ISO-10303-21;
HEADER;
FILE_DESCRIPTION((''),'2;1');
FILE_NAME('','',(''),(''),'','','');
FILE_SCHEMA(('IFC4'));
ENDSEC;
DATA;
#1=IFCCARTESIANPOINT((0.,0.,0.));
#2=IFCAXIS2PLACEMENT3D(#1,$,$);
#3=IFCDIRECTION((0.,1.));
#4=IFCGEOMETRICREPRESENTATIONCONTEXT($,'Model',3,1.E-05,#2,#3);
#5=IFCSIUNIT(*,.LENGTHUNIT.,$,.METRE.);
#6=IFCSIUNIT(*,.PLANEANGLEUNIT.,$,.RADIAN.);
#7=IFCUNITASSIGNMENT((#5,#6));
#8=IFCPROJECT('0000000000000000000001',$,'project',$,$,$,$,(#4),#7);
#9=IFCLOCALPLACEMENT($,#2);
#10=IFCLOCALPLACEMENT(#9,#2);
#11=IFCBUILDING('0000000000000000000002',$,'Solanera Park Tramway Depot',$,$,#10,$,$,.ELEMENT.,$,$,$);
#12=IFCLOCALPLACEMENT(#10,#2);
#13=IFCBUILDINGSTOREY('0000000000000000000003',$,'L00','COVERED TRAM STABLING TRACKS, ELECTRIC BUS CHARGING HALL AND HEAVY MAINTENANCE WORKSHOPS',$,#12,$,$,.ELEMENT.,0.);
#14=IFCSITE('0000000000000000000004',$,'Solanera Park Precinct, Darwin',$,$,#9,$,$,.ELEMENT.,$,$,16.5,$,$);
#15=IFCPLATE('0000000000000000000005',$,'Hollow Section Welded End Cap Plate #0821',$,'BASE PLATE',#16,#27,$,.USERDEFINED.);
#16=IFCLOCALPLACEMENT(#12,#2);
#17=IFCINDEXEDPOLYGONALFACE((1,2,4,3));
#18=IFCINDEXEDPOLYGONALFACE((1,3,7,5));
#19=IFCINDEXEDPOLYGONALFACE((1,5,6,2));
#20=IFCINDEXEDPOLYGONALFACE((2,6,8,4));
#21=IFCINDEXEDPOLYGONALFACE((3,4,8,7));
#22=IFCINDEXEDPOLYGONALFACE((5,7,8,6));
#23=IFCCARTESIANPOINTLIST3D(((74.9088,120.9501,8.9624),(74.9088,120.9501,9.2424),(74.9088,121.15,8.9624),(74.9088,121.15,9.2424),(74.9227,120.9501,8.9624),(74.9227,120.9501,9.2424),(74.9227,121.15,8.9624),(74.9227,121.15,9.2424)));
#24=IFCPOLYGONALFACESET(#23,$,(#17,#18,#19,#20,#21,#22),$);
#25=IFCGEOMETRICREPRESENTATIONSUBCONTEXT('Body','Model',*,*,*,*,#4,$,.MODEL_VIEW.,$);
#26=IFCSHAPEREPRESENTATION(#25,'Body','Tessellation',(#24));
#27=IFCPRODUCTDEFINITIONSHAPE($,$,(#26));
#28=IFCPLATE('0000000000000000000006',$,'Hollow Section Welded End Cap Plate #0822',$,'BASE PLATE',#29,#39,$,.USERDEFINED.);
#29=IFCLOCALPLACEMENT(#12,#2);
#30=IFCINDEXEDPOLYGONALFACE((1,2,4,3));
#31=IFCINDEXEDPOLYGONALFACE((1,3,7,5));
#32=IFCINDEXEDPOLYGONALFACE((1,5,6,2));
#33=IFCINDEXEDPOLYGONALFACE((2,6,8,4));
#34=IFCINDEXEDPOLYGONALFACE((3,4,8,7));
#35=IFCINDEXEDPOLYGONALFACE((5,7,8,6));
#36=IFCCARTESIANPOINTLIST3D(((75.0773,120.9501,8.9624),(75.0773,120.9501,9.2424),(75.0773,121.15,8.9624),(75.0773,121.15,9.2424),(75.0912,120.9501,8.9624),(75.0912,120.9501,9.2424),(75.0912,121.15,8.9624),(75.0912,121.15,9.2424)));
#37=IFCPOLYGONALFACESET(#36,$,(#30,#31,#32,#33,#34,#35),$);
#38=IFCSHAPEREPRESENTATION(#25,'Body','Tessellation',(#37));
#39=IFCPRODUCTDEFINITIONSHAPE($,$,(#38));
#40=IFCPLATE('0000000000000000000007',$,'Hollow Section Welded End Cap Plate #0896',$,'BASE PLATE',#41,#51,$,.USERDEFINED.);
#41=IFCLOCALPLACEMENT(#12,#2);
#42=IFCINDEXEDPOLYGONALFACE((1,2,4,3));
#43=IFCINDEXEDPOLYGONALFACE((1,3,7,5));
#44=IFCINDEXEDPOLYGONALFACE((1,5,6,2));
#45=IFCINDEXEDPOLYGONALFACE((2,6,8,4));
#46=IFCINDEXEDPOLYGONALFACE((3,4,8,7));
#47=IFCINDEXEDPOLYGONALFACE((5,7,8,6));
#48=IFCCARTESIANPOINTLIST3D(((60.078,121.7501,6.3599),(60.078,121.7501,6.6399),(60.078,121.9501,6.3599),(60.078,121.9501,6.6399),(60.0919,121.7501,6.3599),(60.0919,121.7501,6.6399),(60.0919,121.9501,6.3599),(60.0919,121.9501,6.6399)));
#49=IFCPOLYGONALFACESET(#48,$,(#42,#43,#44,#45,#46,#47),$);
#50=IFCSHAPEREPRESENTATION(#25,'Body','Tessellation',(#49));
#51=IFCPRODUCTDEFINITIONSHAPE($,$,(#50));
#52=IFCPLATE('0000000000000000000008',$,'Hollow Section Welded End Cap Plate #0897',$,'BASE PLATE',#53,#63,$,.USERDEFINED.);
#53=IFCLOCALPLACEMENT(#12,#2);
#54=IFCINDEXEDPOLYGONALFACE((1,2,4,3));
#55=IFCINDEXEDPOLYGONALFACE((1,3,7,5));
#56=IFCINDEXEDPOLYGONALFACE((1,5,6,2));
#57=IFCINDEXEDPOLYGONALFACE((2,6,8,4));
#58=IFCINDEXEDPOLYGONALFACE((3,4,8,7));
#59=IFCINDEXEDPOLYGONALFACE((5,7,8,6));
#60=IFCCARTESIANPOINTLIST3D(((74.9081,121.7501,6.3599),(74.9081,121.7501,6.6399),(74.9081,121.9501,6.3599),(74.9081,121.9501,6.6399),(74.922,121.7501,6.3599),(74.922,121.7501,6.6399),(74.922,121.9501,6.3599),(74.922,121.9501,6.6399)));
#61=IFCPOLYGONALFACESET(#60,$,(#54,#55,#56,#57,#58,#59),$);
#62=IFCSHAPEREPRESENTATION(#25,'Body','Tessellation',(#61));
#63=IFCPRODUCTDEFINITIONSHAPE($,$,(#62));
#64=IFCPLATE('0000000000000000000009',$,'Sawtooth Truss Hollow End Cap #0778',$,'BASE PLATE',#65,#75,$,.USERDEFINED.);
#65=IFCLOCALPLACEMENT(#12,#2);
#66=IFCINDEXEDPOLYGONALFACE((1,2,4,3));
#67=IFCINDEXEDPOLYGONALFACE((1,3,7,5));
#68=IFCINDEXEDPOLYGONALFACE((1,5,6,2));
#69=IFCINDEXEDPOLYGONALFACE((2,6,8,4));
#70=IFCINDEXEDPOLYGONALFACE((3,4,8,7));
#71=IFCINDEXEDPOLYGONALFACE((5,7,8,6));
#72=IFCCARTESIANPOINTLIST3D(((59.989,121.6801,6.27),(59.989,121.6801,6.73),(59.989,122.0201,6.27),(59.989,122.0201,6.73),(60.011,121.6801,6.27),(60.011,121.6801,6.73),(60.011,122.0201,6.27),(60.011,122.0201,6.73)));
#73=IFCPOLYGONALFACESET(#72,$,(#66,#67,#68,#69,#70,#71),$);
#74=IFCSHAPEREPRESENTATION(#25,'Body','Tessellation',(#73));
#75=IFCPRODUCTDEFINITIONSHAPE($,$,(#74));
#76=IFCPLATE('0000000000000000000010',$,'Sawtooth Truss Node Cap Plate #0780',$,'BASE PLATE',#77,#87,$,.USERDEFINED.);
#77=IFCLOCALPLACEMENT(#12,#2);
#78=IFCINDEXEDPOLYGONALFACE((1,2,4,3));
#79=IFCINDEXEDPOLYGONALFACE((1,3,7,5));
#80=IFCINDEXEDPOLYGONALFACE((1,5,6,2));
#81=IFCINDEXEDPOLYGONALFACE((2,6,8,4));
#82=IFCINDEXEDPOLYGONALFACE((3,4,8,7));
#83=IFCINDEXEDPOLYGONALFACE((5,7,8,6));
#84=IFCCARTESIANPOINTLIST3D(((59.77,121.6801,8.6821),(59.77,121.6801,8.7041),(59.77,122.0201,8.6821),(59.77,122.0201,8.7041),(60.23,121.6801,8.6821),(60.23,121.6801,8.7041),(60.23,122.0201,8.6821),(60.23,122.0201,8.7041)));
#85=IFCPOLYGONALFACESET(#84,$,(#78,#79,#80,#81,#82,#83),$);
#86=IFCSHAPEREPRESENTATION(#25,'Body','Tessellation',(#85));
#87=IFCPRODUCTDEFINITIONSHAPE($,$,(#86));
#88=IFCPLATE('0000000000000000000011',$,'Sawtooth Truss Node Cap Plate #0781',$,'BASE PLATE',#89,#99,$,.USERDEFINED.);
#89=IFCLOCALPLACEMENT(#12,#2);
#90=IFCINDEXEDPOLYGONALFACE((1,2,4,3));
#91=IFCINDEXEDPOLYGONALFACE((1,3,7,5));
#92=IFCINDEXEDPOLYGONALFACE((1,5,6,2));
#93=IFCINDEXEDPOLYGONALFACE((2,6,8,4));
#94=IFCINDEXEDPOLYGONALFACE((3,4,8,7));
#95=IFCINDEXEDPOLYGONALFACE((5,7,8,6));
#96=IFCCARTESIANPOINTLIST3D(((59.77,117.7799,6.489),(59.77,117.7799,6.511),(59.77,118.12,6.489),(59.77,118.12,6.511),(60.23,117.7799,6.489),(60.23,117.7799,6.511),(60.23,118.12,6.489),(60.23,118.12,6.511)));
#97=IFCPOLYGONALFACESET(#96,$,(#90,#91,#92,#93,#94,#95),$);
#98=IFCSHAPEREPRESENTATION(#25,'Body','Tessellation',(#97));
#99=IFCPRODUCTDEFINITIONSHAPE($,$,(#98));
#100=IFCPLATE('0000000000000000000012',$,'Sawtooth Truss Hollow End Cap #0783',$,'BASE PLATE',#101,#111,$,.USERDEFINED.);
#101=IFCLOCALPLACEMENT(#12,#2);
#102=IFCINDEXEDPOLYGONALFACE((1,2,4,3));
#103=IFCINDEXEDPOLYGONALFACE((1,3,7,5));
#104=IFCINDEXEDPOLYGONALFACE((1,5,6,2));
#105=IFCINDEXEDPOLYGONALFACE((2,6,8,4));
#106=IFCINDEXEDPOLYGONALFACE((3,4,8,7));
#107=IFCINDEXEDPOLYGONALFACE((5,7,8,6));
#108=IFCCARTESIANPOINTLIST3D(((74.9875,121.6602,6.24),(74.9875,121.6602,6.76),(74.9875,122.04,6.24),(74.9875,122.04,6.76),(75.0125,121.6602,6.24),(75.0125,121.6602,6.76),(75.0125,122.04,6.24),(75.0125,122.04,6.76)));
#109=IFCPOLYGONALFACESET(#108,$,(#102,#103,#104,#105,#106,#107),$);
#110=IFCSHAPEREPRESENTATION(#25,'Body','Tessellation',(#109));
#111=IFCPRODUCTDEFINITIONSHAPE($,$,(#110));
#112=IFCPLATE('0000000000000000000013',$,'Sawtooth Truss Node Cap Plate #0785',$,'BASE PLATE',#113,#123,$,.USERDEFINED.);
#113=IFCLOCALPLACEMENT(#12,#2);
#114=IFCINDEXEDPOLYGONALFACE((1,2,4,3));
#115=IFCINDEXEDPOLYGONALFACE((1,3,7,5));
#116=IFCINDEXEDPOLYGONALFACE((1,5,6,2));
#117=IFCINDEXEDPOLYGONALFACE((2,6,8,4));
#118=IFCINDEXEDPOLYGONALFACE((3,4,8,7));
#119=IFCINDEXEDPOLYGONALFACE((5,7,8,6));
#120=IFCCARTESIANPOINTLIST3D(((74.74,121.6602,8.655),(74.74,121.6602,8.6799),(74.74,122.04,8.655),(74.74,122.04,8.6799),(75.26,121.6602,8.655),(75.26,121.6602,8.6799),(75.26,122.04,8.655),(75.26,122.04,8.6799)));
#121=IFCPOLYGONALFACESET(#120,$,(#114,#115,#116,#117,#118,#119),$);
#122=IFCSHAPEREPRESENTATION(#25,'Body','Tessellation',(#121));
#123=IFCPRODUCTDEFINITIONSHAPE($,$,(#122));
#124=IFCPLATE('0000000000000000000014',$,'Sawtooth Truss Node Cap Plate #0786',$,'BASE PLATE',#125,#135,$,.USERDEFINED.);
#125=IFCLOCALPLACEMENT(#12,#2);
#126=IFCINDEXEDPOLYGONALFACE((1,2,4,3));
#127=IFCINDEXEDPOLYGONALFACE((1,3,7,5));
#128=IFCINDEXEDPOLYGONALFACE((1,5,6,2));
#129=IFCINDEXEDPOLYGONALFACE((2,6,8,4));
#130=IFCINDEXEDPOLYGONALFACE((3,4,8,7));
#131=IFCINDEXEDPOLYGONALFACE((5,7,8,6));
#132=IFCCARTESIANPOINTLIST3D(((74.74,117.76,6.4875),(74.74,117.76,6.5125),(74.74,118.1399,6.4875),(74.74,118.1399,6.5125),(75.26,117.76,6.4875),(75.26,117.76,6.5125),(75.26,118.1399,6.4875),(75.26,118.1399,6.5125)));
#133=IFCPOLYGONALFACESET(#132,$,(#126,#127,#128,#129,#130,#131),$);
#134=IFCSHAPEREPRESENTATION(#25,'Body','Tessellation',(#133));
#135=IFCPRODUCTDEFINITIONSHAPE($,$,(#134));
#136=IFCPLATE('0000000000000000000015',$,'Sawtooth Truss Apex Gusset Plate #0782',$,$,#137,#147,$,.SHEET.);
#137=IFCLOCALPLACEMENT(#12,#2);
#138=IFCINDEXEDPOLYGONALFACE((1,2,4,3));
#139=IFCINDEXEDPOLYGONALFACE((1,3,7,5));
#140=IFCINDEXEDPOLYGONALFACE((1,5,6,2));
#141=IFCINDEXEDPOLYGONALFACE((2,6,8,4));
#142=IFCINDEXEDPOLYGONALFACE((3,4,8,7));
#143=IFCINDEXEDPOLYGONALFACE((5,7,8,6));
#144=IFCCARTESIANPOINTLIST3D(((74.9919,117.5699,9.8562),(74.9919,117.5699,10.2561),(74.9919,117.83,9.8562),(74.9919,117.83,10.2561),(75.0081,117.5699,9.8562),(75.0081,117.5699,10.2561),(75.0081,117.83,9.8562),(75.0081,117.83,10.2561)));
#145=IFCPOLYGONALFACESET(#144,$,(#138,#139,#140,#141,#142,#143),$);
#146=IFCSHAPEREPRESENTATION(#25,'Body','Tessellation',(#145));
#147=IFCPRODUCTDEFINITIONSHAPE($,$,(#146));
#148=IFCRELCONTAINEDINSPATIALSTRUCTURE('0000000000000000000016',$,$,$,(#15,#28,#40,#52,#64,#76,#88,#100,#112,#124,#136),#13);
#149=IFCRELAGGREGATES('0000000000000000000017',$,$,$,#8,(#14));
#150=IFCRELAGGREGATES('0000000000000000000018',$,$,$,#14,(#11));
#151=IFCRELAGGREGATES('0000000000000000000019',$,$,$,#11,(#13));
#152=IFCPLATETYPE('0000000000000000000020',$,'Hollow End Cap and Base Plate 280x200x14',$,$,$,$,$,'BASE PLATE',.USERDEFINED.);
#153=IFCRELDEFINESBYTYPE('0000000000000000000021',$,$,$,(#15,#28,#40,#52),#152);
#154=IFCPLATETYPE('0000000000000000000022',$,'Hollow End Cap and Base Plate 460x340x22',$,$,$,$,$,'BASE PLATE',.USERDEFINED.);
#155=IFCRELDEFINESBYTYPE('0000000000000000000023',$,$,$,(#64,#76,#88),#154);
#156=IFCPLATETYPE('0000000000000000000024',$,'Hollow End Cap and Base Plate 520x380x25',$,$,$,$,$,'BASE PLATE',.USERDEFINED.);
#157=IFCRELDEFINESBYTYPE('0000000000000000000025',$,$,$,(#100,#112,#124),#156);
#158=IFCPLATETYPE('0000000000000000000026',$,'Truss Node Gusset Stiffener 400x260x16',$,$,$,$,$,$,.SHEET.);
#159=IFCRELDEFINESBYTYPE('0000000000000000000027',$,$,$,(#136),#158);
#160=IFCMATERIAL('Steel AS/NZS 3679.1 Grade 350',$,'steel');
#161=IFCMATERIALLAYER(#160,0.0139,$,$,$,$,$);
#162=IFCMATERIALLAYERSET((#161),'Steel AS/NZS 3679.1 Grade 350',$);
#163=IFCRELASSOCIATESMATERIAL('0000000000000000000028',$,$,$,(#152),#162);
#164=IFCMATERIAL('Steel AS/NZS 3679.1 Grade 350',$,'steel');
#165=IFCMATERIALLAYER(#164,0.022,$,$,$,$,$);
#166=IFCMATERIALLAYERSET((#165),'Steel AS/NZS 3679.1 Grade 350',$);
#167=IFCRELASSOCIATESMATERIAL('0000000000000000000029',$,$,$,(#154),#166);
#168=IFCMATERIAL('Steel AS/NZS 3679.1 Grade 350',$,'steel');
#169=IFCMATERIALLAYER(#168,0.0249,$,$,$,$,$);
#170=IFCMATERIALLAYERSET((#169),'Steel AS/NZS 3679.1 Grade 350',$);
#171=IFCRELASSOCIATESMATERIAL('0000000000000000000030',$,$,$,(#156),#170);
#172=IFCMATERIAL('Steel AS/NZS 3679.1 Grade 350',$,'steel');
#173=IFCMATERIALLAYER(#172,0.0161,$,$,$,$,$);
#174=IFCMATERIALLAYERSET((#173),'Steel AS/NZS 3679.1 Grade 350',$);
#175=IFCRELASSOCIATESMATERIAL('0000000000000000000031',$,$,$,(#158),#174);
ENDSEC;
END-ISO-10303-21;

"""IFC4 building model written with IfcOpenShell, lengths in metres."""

from ifc_helpers import new_model, si_unit, direction, frame, origin, origin_2d, place, context, subcontext, project, spatial, rectangle, extrude, material, layer, layer_set, type_object, element, save


model = new_model("IFC4")

# Units and contexts
model_context = context("Model", 3, precision=1e-05, world=origin(), true_north=direction((0.0, 1.0)))
body_context = subcontext(model_context, "Body", "Model", "MODEL_VIEW")
ifc_project = project(units=[si_unit("LENGTHUNIT", "METRE"), si_unit("PLANEANGLEUNIT", "RADIAN")], contexts=[model_context])

# Site, building, storey
site_placement = place(None, origin())
site = spatial("IfcSite", under=ifc_project, at=site_placement, Name="Solanera Park Precinct, Darwin", CompositionType="ELEMENT", RefElevation=16.5)
building_placement = place(site_placement, origin())
building = spatial("IfcBuilding", under=site, at=building_placement, Name="Solanera Park Tramway Depot", CompositionType="ELEMENT")
storey_placement = place(building_placement, origin())
storey = spatial("IfcBuildingStorey", under=building, at=storey_placement, Name="L00", Description="COVERED TRAM STABLING TRACKS, ELECTRIC BUS CHARGING HALL AND HEAVY MAINTENANCE WORKSHOPS", CompositionType="ELEMENT", Elevation=0.0)

# Plates
ifc_material_1 = material(Name="Steel AS/NZS 3679.1 Grade 350", Category="steel")
ifc_layer_1 = layer(ifc_material_1, 0.0139)
ifc_layer_set_1 = layer_set([ifc_layer_1], Name="Steel AS/NZS 3679.1 Grade 350")
plate_type_1 = type_object("IfcPlateType", Name="Hollow End Cap and Base Plate 280x200x14", ElementType="BASE PLATE", PredefinedType="USERDEFINED", material=ifc_layer_set_1)
for number, where, z_axis, x_axis, name in (
    (1, (74.9158, 121.05, 8.9624), (0.0, 0.0, 1.0), (1.0, 0.0, 0.0), "Hollow Section Welded End Cap Plate #0821"),
    (2, (75.0842, 121.05, 8.9624), (0.0, 0.0, 1.0), (1.0, 0.0, 0.0), "Hollow Section Welded End Cap Plate #0822"),
    (3, (60.085, 121.8501, 6.3599), (0.0, 0.0, 1.0), (1.0, 0.0, 0.0), "Hollow Section Welded End Cap Plate #0896"),
    (4, (74.915, 121.8501, 6.3599), (0.0, 0.0, 1.0), (1.0, 0.0, 0.0), "Hollow Section Welded End Cap Plate #0897"),
):
    element("IfcPlate", number, at=place(storey_placement, frame(where, z_axis=z_axis, x_axis=x_axis)), inside=storey, type_object=plate_type_1, Name=name, ObjectType="BASE PLATE", PredefinedType="USERDEFINED", context=body_context, shape_type="SweptSolid", body=[
        extrude(rectangle(XDim=0.0139, YDim=0.2, at=origin_2d()), origin(), (0.0, 0.0, 1.0), 0.28),
    ])
ifc_material_2 = material(Name="Steel AS/NZS 3679.1 Grade 350", Category="steel")
ifc_layer_2 = layer(ifc_material_2, 0.022)
ifc_layer_set_2 = layer_set([ifc_layer_2], Name="Steel AS/NZS 3679.1 Grade 350")
plate_type_2 = type_object("IfcPlateType", Name="Hollow End Cap and Base Plate 460x340x22", ElementType="BASE PLATE", PredefinedType="USERDEFINED", material=ifc_layer_set_2)
plate_1_placement = place(storey_placement, frame((60.0, 121.8501, 6.27), z_axis=(0.0, 0.0, 1.0), x_axis=(1.0, 0.0, 0.0)))
element("IfcPlate", 5, at=plate_1_placement, inside=storey, type_object=plate_type_2, Name="Sawtooth Truss Hollow End Cap #0778", ObjectType="BASE PLATE", PredefinedType="USERDEFINED", context=body_context, shape_type="SweptSolid", body=[
    extrude(rectangle(XDim=0.022, YDim=0.3401, at=origin_2d()), origin(), (0.0, 0.0, 1.0), 0.46),
])
for number, where, z_axis, x_axis, name in (
    (6, (60.0, 121.8501, 8.6821), (0.0, 0.0, 1.0), (1.0, 0.0, 0.0), "Sawtooth Truss Node Cap Plate #0780"),
    (7, (60.0, 117.95, 6.489), (0.0, 0.0, 1.0), (1.0, 0.0, 0.0), "Sawtooth Truss Node Cap Plate #0781"),
):
    element("IfcPlate", number, at=place(storey_placement, frame(where, z_axis=z_axis, x_axis=x_axis)), inside=storey, type_object=plate_type_2, Name=name, ObjectType="BASE PLATE", PredefinedType="USERDEFINED", context=body_context, shape_type="SweptSolid", body=[
        extrude(rectangle(XDim=0.46, YDim=0.3401, at=origin_2d()), origin(), (0.0, 0.0, 1.0), 0.022),
    ])
ifc_material_3 = material(Name="Steel AS/NZS 3679.1 Grade 350", Category="steel")
ifc_layer_3 = layer(ifc_material_3, 0.0249)
ifc_layer_set_3 = layer_set([ifc_layer_3], Name="Steel AS/NZS 3679.1 Grade 350")
plate_type_3 = type_object("IfcPlateType", Name="Hollow End Cap and Base Plate 520x380x25", ElementType="BASE PLATE", PredefinedType="USERDEFINED", material=ifc_layer_set_3)
plate_2_placement = place(storey_placement, frame((75.0, 121.8501, 6.24), z_axis=(0.0, 0.0, 1.0), x_axis=(1.0, 0.0, 0.0)))
element("IfcPlate", 8, at=plate_2_placement, inside=storey, type_object=plate_type_3, Name="Sawtooth Truss Hollow End Cap #0783", ObjectType="BASE PLATE", PredefinedType="USERDEFINED", context=body_context, shape_type="SweptSolid", body=[
    extrude(rectangle(XDim=0.0249, YDim=0.3799, at=origin_2d()), origin(), (0.0, 0.0, 1.0), 0.52),
])
for number, where, z_axis, x_axis, name in (
    (9, (75.0, 121.8501, 8.655), (0.0, 0.0, 1.0), (1.0, 0.0, 0.0), "Sawtooth Truss Node Cap Plate #0785"),
    (10, (75.0, 117.95, 6.4875), (0.0, 0.0, 1.0), (1.0, 0.0, 0.0), "Sawtooth Truss Node Cap Plate #0786"),
):
    element("IfcPlate", number, at=place(storey_placement, frame(where, z_axis=z_axis, x_axis=x_axis)), inside=storey, type_object=plate_type_3, Name=name, ObjectType="BASE PLATE", PredefinedType="USERDEFINED", context=body_context, shape_type="SweptSolid", body=[
        extrude(rectangle(XDim=0.52, YDim=0.3799, at=origin_2d()), origin(), (0.0, 0.0, 1.0), 0.0249),
    ])
ifc_material_4 = material(Name="Steel AS/NZS 3679.1 Grade 350", Category="steel")
ifc_layer_4 = layer(ifc_material_4, 0.0161)
ifc_layer_set_4 = layer_set([ifc_layer_4], Name="Steel AS/NZS 3679.1 Grade 350")
plate_type_4 = type_object("IfcPlateType", Name="Truss Node Gusset Stiffener 400x260x16", PredefinedType="SHEET", material=ifc_layer_set_4)
plate_3_placement = place(storey_placement, frame((75.0, 117.7, 9.8562), z_axis=(0.0, 0.0, 1.0), x_axis=(1.0, 0.0, 0.0)))
element("IfcPlate", 11, at=plate_3_placement, inside=storey, type_object=plate_type_4, Name="Sawtooth Truss Apex Gusset Plate #0782", PredefinedType="SHEET", context=body_context, shape_type="SweptSolid", body=[
    extrude(rectangle(XDim=0.0161, YDim=0.26, at=origin_2d()), origin(), (0.0, 0.0, 1.0), 0.3999),
])

save(model, "model.ifc")
